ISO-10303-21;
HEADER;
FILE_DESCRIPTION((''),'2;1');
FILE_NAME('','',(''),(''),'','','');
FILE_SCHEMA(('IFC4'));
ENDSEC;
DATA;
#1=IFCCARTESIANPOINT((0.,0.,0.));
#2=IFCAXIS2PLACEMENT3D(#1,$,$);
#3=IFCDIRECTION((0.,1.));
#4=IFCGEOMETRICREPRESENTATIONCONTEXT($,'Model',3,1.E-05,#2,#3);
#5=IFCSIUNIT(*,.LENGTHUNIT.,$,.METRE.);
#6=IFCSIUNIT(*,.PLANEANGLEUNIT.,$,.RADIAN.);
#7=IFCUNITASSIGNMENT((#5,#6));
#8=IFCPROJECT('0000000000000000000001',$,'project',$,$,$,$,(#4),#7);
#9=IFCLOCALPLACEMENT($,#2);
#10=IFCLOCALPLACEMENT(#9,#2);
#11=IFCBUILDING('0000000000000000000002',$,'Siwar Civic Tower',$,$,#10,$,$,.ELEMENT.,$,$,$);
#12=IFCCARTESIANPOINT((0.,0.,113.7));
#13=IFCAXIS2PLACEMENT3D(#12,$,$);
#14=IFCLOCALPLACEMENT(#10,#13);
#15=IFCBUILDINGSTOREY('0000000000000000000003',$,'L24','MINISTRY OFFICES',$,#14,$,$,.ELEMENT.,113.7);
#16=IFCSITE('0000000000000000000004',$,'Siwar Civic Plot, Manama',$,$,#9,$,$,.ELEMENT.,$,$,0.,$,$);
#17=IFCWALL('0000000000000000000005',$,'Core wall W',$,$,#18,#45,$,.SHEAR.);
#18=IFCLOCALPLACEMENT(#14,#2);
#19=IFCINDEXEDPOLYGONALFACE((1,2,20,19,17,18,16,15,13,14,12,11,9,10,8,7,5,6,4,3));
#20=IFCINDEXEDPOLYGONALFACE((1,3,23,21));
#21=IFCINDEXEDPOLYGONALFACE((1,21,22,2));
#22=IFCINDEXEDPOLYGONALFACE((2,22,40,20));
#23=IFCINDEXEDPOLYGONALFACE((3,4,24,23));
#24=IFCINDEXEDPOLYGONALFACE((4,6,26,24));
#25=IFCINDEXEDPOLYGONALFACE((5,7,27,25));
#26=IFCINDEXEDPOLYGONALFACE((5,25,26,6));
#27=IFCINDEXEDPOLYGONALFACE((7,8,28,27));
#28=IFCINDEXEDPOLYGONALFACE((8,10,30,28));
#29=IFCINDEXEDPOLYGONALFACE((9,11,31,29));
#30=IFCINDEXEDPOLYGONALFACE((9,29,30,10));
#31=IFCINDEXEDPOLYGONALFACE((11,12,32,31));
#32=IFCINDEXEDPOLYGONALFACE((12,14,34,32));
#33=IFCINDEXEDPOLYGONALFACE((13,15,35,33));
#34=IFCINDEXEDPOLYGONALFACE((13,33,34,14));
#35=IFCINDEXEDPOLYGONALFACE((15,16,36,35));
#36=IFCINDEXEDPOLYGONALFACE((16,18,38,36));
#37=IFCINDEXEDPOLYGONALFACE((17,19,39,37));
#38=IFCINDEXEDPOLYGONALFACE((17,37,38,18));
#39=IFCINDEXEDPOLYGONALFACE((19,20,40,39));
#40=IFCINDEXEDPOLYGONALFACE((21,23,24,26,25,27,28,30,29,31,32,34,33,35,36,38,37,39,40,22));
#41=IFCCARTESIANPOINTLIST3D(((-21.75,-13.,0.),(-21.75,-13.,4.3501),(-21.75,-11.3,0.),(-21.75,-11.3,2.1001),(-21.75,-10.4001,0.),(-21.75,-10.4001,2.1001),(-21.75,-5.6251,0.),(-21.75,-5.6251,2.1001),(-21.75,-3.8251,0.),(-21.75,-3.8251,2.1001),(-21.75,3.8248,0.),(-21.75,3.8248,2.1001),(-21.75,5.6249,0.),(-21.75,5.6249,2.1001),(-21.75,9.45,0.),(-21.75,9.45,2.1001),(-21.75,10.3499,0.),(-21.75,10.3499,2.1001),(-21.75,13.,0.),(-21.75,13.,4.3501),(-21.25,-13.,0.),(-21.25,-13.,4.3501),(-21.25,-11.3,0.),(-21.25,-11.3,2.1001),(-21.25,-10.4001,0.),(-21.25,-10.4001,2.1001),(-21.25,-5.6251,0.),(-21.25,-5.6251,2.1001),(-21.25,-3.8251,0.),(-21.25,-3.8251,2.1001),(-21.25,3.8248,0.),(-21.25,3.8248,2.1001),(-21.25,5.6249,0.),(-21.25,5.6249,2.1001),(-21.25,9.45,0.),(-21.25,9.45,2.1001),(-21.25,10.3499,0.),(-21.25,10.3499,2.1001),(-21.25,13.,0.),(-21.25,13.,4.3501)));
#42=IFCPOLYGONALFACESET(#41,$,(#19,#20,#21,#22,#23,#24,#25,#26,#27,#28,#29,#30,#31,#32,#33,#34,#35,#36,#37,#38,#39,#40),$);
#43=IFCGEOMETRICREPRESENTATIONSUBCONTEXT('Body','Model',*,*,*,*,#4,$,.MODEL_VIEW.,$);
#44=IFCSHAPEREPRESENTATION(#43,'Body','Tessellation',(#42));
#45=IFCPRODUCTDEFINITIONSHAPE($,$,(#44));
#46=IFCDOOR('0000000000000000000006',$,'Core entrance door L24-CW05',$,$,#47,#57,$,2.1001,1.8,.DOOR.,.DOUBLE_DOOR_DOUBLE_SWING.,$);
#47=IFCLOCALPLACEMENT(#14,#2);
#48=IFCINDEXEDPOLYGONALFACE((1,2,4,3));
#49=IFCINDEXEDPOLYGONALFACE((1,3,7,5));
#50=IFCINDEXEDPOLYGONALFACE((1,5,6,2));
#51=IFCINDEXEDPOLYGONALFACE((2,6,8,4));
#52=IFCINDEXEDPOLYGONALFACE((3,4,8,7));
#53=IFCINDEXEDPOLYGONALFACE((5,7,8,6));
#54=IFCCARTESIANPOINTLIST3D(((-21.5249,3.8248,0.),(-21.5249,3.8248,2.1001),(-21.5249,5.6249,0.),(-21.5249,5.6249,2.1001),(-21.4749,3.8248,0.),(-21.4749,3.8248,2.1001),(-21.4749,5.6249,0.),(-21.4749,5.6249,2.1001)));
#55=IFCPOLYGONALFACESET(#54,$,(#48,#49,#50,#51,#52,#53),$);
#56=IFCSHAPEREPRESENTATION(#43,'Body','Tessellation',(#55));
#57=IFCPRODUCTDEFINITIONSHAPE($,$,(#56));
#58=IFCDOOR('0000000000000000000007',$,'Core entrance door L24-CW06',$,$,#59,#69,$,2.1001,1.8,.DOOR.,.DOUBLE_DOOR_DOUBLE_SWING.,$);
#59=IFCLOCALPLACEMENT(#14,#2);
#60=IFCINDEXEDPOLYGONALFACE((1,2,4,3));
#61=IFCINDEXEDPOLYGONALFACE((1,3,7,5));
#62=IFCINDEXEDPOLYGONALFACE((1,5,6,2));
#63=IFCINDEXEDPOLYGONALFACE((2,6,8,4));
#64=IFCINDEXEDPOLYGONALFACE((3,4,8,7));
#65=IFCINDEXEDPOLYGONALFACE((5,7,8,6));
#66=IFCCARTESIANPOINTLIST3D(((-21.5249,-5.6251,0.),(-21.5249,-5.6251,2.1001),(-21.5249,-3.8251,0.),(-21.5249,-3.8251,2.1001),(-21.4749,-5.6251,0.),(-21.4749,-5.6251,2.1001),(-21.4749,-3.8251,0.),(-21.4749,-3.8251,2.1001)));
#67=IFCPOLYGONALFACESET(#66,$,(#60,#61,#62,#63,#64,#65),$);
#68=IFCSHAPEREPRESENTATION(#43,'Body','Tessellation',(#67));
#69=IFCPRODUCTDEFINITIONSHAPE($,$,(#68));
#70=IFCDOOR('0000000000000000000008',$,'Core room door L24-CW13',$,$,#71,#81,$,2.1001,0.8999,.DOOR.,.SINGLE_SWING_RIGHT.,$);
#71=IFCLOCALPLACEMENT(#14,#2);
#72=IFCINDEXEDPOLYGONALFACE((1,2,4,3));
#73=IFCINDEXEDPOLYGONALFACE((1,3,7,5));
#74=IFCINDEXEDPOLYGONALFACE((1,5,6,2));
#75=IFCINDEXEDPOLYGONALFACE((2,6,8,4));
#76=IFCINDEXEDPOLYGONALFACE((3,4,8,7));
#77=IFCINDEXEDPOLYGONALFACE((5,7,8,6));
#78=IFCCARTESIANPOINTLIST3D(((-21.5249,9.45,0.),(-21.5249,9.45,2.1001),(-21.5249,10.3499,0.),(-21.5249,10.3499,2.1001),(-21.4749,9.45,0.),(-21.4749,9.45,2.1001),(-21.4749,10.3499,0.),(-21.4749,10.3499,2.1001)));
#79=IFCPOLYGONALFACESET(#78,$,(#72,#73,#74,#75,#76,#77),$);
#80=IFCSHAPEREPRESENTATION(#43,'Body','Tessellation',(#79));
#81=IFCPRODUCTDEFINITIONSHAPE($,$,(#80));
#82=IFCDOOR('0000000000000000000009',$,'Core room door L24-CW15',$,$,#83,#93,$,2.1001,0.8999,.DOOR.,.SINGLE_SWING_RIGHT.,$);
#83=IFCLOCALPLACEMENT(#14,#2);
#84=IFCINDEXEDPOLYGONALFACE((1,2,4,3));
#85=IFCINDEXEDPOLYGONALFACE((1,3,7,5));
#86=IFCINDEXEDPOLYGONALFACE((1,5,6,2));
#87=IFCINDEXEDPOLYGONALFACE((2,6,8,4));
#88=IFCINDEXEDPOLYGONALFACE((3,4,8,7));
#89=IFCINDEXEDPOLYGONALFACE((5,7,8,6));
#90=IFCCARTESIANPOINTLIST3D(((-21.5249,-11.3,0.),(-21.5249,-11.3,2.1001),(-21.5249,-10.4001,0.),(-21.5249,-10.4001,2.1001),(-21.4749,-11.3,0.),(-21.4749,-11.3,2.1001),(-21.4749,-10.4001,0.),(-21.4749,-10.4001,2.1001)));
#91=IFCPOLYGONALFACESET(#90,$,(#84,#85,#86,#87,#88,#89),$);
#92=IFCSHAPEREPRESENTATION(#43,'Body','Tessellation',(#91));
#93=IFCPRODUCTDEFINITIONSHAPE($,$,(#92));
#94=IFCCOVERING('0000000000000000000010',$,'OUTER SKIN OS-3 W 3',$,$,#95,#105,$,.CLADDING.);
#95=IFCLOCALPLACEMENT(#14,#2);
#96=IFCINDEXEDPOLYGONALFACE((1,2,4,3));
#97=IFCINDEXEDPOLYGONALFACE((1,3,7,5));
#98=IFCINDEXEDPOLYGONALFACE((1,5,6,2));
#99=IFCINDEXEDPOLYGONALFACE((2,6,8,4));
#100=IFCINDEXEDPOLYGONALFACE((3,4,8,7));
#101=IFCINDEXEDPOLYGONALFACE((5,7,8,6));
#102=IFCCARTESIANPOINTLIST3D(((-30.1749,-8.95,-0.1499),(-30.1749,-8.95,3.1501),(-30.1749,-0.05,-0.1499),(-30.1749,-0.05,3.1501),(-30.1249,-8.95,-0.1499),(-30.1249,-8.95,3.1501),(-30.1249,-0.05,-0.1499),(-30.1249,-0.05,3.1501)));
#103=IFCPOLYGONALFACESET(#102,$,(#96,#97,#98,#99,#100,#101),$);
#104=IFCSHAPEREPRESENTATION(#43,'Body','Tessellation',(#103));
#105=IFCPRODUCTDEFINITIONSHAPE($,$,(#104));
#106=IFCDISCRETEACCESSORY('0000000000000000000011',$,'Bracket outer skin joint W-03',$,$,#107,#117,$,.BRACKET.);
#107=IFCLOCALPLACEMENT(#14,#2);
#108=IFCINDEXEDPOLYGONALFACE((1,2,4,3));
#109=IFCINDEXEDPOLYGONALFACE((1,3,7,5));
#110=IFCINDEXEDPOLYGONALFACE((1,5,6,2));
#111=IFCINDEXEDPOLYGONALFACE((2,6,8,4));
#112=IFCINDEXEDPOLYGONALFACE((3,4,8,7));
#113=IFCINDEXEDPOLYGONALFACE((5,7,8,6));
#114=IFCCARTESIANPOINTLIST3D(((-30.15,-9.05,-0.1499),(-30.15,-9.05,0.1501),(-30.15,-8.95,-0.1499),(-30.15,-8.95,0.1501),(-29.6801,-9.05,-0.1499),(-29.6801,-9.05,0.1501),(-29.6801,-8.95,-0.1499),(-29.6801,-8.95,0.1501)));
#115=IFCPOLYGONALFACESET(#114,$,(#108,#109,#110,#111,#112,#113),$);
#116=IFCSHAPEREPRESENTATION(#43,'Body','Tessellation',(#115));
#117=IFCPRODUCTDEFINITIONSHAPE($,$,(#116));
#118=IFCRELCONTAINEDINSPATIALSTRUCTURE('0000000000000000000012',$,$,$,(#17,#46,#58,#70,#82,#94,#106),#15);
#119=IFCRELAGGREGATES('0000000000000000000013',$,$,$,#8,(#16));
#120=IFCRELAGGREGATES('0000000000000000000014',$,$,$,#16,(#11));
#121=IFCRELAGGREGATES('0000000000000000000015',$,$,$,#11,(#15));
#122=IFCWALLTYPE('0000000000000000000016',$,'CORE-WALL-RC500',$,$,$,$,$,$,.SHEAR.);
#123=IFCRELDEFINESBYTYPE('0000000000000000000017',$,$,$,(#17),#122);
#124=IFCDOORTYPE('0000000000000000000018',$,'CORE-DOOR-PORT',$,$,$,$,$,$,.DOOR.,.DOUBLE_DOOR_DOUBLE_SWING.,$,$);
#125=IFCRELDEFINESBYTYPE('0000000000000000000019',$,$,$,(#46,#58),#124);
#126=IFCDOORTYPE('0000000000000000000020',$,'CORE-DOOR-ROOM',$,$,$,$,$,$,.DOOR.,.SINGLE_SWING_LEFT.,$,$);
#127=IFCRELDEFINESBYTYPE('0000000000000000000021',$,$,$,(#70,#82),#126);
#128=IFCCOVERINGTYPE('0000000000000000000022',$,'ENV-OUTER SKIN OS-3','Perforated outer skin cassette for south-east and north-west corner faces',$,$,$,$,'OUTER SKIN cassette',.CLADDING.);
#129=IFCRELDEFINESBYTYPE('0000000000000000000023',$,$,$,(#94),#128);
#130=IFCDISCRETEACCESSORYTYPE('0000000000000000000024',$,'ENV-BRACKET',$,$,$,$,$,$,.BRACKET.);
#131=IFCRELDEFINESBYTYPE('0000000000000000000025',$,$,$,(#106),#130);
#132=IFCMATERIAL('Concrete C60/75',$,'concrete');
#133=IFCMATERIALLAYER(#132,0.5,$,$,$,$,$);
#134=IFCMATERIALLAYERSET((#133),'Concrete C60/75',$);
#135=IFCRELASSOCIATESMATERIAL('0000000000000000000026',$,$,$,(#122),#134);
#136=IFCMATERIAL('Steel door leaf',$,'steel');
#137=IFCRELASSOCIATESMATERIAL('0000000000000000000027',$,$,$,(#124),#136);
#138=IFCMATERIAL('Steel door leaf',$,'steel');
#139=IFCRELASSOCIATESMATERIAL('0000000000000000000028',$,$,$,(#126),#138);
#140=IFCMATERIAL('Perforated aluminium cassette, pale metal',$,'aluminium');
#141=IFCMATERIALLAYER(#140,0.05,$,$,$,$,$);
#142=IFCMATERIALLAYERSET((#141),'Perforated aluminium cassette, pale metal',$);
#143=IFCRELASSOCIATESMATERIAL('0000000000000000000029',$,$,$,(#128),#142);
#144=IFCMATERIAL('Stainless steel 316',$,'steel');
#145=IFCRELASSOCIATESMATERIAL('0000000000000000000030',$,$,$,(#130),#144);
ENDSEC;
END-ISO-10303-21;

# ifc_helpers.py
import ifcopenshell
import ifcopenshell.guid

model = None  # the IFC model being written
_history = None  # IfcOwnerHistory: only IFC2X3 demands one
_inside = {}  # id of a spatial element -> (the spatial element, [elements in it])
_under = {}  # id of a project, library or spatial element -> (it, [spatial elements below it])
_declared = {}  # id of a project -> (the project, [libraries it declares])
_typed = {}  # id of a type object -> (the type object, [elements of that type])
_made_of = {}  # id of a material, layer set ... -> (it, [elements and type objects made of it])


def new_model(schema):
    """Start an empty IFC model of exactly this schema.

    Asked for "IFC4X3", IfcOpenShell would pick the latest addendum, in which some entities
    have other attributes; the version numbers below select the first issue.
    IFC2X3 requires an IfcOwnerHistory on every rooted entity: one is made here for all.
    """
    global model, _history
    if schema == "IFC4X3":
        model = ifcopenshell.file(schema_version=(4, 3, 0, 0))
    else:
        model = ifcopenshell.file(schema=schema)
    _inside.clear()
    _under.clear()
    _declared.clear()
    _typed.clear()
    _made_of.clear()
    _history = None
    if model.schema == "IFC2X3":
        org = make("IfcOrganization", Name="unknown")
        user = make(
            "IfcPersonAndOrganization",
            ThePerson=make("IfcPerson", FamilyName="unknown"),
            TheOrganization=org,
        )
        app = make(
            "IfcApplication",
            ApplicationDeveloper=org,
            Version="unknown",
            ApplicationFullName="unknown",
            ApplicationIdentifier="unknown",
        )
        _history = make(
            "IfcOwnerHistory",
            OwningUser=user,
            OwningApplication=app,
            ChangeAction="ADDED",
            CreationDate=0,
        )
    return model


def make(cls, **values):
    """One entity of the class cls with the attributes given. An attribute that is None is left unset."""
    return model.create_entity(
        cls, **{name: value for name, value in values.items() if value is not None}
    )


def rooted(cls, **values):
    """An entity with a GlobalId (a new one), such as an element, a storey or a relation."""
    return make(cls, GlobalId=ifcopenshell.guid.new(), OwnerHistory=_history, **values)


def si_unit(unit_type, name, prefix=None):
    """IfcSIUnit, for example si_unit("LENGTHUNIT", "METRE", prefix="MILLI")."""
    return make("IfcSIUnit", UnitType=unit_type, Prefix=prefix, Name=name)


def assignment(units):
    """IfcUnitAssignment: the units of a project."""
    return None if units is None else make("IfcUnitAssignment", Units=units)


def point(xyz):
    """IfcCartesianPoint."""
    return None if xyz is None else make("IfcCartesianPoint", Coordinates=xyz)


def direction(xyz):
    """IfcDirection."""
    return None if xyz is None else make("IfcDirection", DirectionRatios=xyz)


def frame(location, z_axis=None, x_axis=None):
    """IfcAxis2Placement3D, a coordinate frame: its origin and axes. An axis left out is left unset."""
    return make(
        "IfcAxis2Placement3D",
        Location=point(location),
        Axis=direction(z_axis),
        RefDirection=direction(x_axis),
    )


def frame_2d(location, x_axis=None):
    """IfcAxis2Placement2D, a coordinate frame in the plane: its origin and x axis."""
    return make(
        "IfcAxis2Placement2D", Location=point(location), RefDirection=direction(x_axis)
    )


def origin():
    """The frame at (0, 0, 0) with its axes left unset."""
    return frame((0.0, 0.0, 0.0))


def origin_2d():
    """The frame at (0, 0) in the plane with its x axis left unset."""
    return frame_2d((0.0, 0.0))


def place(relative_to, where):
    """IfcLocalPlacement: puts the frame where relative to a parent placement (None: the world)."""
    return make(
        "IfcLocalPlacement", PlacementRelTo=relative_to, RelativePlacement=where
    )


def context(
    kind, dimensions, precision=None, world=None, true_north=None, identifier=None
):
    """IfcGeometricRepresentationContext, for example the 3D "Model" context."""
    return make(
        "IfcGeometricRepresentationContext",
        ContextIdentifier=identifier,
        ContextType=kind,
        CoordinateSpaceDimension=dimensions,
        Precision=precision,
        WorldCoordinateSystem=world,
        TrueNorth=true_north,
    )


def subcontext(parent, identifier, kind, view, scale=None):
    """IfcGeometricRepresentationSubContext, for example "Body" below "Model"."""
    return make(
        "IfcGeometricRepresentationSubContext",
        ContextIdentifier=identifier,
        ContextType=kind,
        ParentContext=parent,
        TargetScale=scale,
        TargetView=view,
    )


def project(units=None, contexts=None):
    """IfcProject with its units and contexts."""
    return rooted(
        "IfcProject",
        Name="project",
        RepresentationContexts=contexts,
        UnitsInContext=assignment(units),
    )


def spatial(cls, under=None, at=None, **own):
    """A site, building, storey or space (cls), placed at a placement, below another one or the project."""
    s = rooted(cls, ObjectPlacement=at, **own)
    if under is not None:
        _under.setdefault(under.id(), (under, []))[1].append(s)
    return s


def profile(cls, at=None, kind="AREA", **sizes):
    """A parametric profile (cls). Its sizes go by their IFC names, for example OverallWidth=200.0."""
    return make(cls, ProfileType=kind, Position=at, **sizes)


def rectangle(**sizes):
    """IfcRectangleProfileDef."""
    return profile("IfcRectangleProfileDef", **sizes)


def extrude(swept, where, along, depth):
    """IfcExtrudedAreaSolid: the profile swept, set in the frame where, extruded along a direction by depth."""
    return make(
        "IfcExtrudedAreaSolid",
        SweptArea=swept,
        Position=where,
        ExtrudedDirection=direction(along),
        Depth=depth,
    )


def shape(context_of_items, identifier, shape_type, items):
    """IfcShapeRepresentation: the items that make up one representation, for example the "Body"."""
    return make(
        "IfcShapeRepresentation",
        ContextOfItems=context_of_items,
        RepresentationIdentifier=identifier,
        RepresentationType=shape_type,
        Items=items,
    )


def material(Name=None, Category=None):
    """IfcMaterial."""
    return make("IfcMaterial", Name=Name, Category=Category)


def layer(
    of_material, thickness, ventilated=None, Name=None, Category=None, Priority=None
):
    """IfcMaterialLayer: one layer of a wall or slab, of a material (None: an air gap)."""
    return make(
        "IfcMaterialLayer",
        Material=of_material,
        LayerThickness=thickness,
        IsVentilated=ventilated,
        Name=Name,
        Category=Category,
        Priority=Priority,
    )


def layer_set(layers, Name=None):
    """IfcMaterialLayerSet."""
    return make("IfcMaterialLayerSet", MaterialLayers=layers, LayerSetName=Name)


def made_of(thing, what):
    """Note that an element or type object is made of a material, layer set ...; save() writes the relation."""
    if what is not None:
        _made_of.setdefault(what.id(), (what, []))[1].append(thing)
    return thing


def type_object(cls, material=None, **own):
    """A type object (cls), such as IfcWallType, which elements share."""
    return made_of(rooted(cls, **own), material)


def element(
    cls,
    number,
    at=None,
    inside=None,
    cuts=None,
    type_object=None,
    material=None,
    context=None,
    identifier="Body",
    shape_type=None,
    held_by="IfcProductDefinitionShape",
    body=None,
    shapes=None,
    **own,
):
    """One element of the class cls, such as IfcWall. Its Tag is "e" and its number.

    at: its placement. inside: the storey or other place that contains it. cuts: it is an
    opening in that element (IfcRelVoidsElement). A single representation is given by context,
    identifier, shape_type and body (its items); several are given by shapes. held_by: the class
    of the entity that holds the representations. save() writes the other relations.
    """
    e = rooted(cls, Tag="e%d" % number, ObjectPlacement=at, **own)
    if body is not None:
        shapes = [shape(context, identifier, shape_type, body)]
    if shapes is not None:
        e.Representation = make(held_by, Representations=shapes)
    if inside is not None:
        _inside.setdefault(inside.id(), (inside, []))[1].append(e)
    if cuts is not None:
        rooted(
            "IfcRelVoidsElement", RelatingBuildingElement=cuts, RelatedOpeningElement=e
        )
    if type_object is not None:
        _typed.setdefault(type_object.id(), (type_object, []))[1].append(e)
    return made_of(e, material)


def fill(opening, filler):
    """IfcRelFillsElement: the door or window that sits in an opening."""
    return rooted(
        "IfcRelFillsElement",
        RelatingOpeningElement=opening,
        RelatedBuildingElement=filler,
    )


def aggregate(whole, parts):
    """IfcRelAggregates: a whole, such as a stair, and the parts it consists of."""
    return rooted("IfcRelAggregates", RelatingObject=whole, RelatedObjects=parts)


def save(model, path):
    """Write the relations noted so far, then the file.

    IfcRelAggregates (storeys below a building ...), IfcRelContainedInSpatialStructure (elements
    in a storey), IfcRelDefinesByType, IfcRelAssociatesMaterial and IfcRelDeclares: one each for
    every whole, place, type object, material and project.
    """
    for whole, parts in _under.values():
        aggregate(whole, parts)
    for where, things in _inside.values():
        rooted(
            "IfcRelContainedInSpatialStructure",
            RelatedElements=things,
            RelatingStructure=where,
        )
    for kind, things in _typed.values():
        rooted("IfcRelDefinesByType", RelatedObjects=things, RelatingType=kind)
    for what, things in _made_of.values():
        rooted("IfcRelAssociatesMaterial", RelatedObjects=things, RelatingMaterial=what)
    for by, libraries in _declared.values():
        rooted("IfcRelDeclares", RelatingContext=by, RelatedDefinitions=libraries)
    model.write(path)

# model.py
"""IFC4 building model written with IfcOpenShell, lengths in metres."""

from ifc_helpers import new_model, si_unit, direction, frame, frame_2d, origin, origin_2d, place, context, subcontext, project, spatial, rectangle, extrude, material, layer, layer_set, type_object, element, fill, save


model = new_model("IFC4")

# Units and contexts
model_context = context("Model", 3, precision=1e-05, world=origin(), true_north=direction((0.0, 1.0)))
body_context = subcontext(model_context, "Body", "Model", "MODEL_VIEW")
ifc_project = project(units=[si_unit("LENGTHUNIT", "METRE"), si_unit("PLANEANGLEUNIT", "RADIAN")], contexts=[model_context])

# Site, building, storey
site_placement = place(None, origin())
site = spatial("IfcSite", under=ifc_project, at=site_placement, Name="Siwar Civic Plot, Manama", CompositionType="ELEMENT", RefElevation=0.0)
building_placement = place(site_placement, origin())
building = spatial("IfcBuilding", under=site, at=building_placement, Name="Siwar Civic Tower", CompositionType="ELEMENT")
storey_placement = place(building_placement, frame((0.0, 0.0, 113.7)))
storey = spatial("IfcBuildingStorey", under=building, at=storey_placement, Name="L24", Description="MINISTRY OFFICES", CompositionType="ELEMENT", Elevation=113.7)

# Wall, openings, doors
ifc_material_1 = material(Name="Concrete C60/75", Category="concrete")
ifc_layer_1 = layer(ifc_material_1, 0.5)
ifc_layer_set_1 = layer_set([ifc_layer_1], Name="Concrete C60/75")
wall_type = type_object("IfcWallType", Name="CORE-WALL-RC500", PredefinedType="SHEAR", material=ifc_layer_set_1)
wall_placement = place(storey_placement, frame((-21.5, -13.0, 0.0), z_axis=(0.0, 0.0, 1.0), x_axis=(0.0, 1.0, 0.0)))
wall = element("IfcWall", 1, at=wall_placement, inside=storey, type_object=wall_type, Name="Core wall W", PredefinedType="SHEAR", context=body_context, shape_type="SweptSolid", body=[
    extrude(rectangle(XDim=26.0, YDim=0.5, at=frame_2d((13.0, 0.0))), origin(), (0.0, 0.0, 1.0), 4.3501),
])
opening_1_placement = place(wall_placement, frame((16.825, 0.0, 0.0)))
opening_1 = element("IfcOpeningElement", 2, at=opening_1_placement, cuts=wall, PredefinedType="OPENING", context=body_context, shape_type="SweptSolid", body=[
    extrude(rectangle(XDim=1.8, YDim=2.1001, at=frame_2d((0.8999, 1.05))), frame((0.0, 0.26, 0.0), z_axis=(0.0, -1.0, 0.0), x_axis=(1.0, 0.0, 0.0)), (0.0, 0.0, 1.0), 0.52),
])
opening_2_placement = place(wall_placement, frame((7.375, 0.0, 0.0)))
opening_2 = element("IfcOpeningElement", 3, at=opening_2_placement, cuts=wall, PredefinedType="OPENING", context=body_context, shape_type="SweptSolid", body=[
    extrude(rectangle(XDim=1.8, YDim=2.1001, at=frame_2d((0.8999, 1.05))), frame((0.0, 0.26, 0.0), z_axis=(0.0, -1.0, 0.0), x_axis=(1.0, 0.0, 0.0)), (0.0, 0.0, 1.0), 0.52),
])
opening_3_placement = place(wall_placement, frame((22.45, 0.0, 0.0)))
opening_3 = element("IfcOpeningElement", 4, at=opening_3_placement, cuts=wall, PredefinedType="OPENING", context=body_context, shape_type="SweptSolid", body=[
    extrude(rectangle(XDim=0.8999, YDim=2.1001, at=frame_2d((0.45, 1.05))), frame((0.0, 0.26, 0.0), z_axis=(0.0, -1.0, 0.0), x_axis=(1.0, 0.0, 0.0)), (0.0, 0.0, 1.0), 0.52),
])
opening_4_placement = place(wall_placement, frame((1.7, 0.0, 0.0)))
opening_4 = element("IfcOpeningElement", 5, at=opening_4_placement, cuts=wall, PredefinedType="OPENING", context=body_context, shape_type="SweptSolid", body=[
    extrude(rectangle(XDim=0.8999, YDim=2.1001, at=frame_2d((0.45, 1.05))), frame((0.0, 0.26, 0.0), z_axis=(0.0, -1.0, 0.0), x_axis=(1.0, 0.0, 0.0)), (0.0, 0.0, 1.0), 0.52),
])
ifc_material_2 = material(Name="Steel door leaf", Category="steel")
door_type_1 = type_object("IfcDoorType", Name="CORE-DOOR-PORT", OperationType="DOUBLE_DOOR_DOUBLE_SWING", PredefinedType="DOOR", material=ifc_material_2)
door_1_placement = place(opening_1_placement, origin())
door_1 = element("IfcDoor", 6, at=door_1_placement, inside=storey, type_object=door_type_1, Name="Core entrance door L24-CW05", OperationType="DOUBLE_DOOR_DOUBLE_SWING", OverallHeight=2.1001, OverallWidth=1.8, PredefinedType="DOOR", context=body_context, shape_type="SweptSolid", body=[
    extrude(rectangle(XDim=1.8, YDim=2.1001, at=frame_2d((0.8999, 1.05))), frame((0.0, 0.0249, 0.0), z_axis=(0.0, -1.0, 0.0), x_axis=(1.0, 0.0, 0.0)), (0.0, 0.0, 1.0), 0.05),
])
fill(opening_1, door_1)
door_2_placement = place(opening_2_placement, origin())
door_2 = element("IfcDoor", 7, at=door_2_placement, inside=storey, type_object=door_type_1, Name="Core entrance door L24-CW06", OperationType="DOUBLE_DOOR_DOUBLE_SWING", OverallHeight=2.1001, OverallWidth=1.8, PredefinedType="DOOR", context=body_context, shape_type="SweptSolid", body=[
    extrude(rectangle(XDim=1.8, YDim=2.1001, at=frame_2d((0.8999, 1.05))), frame((0.0, 0.0249, 0.0), z_axis=(0.0, -1.0, 0.0), x_axis=(1.0, 0.0, 0.0)), (0.0, 0.0, 1.0), 0.05),
])
fill(opening_2, door_2)
ifc_material_3 = material(Name="Steel door leaf", Category="steel")
door_type_2 = type_object("IfcDoorType", Name="CORE-DOOR-ROOM", OperationType="SINGLE_SWING_LEFT", PredefinedType="DOOR", material=ifc_material_3)
door_3_placement = place(opening_3_placement, origin())
door_3 = element("IfcDoor", 8, at=door_3_placement, inside=storey, type_object=door_type_2, Name="Core room door L24-CW13", OperationType="SINGLE_SWING_RIGHT", OverallHeight=2.1001, OverallWidth=0.8999, PredefinedType="DOOR", context=body_context, shape_type="SweptSolid", body=[
    extrude(rectangle(XDim=0.8999, YDim=2.1001, at=frame_2d((0.45, 1.05))), frame((0.0, 0.0249, 0.0), z_axis=(0.0, -1.0, 0.0), x_axis=(1.0, 0.0, 0.0)), (0.0, 0.0, 1.0), 0.05),
])
fill(opening_3, door_3)
door_4_placement = place(opening_4_placement, origin())
door_4 = element("IfcDoor", 9, at=door_4_placement, inside=storey, type_object=door_type_2, Name="Core room door L24-CW15", OperationType="SINGLE_SWING_RIGHT", OverallHeight=2.1001, OverallWidth=0.8999, PredefinedType="DOOR", context=body_context, shape_type="SweptSolid", body=[
    extrude(rectangle(XDim=0.8999, YDim=2.1001, at=frame_2d((0.45, 1.05))), frame((0.0, 0.0249, 0.0), z_axis=(0.0, -1.0, 0.0), x_axis=(1.0, 0.0, 0.0)), (0.0, 0.0, 1.0), 0.05),
])
fill(opening_4, door_4)

# Covering
ifc_material_4 = material(Name="Perforated aluminium cassette, pale metal", Category="aluminium")
ifc_layer_2 = layer(ifc_material_4, 0.05)
ifc_layer_set_2 = layer_set([ifc_layer_2], Name="Perforated aluminium cassette, pale metal")
covering_type = type_object("IfcCoveringType", Name="ENV-OUTER SKIN OS-3", Description="Perforated outer skin cassette for south-east and north-west corner faces", ElementType="OUTER SKIN cassette", PredefinedType="CLADDING", material=ifc_layer_set_2)
covering_placement = place(storey_placement, frame((-30.1499, -4.5, -0.1499), z_axis=(0.0, 0.0, 1.0), x_axis=(0.0, -1.0, 0.0)))
element("IfcCovering", 10, at=covering_placement, inside=storey, type_object=covering_type, Name="OUTER SKIN OS-3 W 3", PredefinedType="CLADDING", context=body_context, shape_type="SweptSolid", body=[
    extrude(rectangle(XDim=8.8999, YDim=0.05, at=origin_2d()), origin(), (0.0, 0.0, 1.0), 3.3),
])

# Discrete accessory
ifc_material_5 = material(Name="Stainless steel 316", Category="steel")
discrete_accessory_type = type_object("IfcDiscreteAccessoryType", Name="ENV-BRACKET", PredefinedType="BRACKET", material=ifc_material_5)
discrete_accessory_placement = place(storey_placement, frame((-29.915, -9.0, -0.1499), z_axis=(0.0, 0.0, 1.0), x_axis=(-1.0, 0.0, 0.0)))
element("IfcDiscreteAccessory", 11, at=discrete_accessory_placement, inside=storey, type_object=discrete_accessory_type, Name="Bracket outer skin joint W-03", PredefinedType="BRACKET", context=body_context, shape_type="SweptSolid", body=[
    extrude(rectangle(XDim=0.47, YDim=0.1001, at=origin_2d()), origin(), (0.0, 0.0, 1.0), 0.3),
])

save(model, "model.ifc")
